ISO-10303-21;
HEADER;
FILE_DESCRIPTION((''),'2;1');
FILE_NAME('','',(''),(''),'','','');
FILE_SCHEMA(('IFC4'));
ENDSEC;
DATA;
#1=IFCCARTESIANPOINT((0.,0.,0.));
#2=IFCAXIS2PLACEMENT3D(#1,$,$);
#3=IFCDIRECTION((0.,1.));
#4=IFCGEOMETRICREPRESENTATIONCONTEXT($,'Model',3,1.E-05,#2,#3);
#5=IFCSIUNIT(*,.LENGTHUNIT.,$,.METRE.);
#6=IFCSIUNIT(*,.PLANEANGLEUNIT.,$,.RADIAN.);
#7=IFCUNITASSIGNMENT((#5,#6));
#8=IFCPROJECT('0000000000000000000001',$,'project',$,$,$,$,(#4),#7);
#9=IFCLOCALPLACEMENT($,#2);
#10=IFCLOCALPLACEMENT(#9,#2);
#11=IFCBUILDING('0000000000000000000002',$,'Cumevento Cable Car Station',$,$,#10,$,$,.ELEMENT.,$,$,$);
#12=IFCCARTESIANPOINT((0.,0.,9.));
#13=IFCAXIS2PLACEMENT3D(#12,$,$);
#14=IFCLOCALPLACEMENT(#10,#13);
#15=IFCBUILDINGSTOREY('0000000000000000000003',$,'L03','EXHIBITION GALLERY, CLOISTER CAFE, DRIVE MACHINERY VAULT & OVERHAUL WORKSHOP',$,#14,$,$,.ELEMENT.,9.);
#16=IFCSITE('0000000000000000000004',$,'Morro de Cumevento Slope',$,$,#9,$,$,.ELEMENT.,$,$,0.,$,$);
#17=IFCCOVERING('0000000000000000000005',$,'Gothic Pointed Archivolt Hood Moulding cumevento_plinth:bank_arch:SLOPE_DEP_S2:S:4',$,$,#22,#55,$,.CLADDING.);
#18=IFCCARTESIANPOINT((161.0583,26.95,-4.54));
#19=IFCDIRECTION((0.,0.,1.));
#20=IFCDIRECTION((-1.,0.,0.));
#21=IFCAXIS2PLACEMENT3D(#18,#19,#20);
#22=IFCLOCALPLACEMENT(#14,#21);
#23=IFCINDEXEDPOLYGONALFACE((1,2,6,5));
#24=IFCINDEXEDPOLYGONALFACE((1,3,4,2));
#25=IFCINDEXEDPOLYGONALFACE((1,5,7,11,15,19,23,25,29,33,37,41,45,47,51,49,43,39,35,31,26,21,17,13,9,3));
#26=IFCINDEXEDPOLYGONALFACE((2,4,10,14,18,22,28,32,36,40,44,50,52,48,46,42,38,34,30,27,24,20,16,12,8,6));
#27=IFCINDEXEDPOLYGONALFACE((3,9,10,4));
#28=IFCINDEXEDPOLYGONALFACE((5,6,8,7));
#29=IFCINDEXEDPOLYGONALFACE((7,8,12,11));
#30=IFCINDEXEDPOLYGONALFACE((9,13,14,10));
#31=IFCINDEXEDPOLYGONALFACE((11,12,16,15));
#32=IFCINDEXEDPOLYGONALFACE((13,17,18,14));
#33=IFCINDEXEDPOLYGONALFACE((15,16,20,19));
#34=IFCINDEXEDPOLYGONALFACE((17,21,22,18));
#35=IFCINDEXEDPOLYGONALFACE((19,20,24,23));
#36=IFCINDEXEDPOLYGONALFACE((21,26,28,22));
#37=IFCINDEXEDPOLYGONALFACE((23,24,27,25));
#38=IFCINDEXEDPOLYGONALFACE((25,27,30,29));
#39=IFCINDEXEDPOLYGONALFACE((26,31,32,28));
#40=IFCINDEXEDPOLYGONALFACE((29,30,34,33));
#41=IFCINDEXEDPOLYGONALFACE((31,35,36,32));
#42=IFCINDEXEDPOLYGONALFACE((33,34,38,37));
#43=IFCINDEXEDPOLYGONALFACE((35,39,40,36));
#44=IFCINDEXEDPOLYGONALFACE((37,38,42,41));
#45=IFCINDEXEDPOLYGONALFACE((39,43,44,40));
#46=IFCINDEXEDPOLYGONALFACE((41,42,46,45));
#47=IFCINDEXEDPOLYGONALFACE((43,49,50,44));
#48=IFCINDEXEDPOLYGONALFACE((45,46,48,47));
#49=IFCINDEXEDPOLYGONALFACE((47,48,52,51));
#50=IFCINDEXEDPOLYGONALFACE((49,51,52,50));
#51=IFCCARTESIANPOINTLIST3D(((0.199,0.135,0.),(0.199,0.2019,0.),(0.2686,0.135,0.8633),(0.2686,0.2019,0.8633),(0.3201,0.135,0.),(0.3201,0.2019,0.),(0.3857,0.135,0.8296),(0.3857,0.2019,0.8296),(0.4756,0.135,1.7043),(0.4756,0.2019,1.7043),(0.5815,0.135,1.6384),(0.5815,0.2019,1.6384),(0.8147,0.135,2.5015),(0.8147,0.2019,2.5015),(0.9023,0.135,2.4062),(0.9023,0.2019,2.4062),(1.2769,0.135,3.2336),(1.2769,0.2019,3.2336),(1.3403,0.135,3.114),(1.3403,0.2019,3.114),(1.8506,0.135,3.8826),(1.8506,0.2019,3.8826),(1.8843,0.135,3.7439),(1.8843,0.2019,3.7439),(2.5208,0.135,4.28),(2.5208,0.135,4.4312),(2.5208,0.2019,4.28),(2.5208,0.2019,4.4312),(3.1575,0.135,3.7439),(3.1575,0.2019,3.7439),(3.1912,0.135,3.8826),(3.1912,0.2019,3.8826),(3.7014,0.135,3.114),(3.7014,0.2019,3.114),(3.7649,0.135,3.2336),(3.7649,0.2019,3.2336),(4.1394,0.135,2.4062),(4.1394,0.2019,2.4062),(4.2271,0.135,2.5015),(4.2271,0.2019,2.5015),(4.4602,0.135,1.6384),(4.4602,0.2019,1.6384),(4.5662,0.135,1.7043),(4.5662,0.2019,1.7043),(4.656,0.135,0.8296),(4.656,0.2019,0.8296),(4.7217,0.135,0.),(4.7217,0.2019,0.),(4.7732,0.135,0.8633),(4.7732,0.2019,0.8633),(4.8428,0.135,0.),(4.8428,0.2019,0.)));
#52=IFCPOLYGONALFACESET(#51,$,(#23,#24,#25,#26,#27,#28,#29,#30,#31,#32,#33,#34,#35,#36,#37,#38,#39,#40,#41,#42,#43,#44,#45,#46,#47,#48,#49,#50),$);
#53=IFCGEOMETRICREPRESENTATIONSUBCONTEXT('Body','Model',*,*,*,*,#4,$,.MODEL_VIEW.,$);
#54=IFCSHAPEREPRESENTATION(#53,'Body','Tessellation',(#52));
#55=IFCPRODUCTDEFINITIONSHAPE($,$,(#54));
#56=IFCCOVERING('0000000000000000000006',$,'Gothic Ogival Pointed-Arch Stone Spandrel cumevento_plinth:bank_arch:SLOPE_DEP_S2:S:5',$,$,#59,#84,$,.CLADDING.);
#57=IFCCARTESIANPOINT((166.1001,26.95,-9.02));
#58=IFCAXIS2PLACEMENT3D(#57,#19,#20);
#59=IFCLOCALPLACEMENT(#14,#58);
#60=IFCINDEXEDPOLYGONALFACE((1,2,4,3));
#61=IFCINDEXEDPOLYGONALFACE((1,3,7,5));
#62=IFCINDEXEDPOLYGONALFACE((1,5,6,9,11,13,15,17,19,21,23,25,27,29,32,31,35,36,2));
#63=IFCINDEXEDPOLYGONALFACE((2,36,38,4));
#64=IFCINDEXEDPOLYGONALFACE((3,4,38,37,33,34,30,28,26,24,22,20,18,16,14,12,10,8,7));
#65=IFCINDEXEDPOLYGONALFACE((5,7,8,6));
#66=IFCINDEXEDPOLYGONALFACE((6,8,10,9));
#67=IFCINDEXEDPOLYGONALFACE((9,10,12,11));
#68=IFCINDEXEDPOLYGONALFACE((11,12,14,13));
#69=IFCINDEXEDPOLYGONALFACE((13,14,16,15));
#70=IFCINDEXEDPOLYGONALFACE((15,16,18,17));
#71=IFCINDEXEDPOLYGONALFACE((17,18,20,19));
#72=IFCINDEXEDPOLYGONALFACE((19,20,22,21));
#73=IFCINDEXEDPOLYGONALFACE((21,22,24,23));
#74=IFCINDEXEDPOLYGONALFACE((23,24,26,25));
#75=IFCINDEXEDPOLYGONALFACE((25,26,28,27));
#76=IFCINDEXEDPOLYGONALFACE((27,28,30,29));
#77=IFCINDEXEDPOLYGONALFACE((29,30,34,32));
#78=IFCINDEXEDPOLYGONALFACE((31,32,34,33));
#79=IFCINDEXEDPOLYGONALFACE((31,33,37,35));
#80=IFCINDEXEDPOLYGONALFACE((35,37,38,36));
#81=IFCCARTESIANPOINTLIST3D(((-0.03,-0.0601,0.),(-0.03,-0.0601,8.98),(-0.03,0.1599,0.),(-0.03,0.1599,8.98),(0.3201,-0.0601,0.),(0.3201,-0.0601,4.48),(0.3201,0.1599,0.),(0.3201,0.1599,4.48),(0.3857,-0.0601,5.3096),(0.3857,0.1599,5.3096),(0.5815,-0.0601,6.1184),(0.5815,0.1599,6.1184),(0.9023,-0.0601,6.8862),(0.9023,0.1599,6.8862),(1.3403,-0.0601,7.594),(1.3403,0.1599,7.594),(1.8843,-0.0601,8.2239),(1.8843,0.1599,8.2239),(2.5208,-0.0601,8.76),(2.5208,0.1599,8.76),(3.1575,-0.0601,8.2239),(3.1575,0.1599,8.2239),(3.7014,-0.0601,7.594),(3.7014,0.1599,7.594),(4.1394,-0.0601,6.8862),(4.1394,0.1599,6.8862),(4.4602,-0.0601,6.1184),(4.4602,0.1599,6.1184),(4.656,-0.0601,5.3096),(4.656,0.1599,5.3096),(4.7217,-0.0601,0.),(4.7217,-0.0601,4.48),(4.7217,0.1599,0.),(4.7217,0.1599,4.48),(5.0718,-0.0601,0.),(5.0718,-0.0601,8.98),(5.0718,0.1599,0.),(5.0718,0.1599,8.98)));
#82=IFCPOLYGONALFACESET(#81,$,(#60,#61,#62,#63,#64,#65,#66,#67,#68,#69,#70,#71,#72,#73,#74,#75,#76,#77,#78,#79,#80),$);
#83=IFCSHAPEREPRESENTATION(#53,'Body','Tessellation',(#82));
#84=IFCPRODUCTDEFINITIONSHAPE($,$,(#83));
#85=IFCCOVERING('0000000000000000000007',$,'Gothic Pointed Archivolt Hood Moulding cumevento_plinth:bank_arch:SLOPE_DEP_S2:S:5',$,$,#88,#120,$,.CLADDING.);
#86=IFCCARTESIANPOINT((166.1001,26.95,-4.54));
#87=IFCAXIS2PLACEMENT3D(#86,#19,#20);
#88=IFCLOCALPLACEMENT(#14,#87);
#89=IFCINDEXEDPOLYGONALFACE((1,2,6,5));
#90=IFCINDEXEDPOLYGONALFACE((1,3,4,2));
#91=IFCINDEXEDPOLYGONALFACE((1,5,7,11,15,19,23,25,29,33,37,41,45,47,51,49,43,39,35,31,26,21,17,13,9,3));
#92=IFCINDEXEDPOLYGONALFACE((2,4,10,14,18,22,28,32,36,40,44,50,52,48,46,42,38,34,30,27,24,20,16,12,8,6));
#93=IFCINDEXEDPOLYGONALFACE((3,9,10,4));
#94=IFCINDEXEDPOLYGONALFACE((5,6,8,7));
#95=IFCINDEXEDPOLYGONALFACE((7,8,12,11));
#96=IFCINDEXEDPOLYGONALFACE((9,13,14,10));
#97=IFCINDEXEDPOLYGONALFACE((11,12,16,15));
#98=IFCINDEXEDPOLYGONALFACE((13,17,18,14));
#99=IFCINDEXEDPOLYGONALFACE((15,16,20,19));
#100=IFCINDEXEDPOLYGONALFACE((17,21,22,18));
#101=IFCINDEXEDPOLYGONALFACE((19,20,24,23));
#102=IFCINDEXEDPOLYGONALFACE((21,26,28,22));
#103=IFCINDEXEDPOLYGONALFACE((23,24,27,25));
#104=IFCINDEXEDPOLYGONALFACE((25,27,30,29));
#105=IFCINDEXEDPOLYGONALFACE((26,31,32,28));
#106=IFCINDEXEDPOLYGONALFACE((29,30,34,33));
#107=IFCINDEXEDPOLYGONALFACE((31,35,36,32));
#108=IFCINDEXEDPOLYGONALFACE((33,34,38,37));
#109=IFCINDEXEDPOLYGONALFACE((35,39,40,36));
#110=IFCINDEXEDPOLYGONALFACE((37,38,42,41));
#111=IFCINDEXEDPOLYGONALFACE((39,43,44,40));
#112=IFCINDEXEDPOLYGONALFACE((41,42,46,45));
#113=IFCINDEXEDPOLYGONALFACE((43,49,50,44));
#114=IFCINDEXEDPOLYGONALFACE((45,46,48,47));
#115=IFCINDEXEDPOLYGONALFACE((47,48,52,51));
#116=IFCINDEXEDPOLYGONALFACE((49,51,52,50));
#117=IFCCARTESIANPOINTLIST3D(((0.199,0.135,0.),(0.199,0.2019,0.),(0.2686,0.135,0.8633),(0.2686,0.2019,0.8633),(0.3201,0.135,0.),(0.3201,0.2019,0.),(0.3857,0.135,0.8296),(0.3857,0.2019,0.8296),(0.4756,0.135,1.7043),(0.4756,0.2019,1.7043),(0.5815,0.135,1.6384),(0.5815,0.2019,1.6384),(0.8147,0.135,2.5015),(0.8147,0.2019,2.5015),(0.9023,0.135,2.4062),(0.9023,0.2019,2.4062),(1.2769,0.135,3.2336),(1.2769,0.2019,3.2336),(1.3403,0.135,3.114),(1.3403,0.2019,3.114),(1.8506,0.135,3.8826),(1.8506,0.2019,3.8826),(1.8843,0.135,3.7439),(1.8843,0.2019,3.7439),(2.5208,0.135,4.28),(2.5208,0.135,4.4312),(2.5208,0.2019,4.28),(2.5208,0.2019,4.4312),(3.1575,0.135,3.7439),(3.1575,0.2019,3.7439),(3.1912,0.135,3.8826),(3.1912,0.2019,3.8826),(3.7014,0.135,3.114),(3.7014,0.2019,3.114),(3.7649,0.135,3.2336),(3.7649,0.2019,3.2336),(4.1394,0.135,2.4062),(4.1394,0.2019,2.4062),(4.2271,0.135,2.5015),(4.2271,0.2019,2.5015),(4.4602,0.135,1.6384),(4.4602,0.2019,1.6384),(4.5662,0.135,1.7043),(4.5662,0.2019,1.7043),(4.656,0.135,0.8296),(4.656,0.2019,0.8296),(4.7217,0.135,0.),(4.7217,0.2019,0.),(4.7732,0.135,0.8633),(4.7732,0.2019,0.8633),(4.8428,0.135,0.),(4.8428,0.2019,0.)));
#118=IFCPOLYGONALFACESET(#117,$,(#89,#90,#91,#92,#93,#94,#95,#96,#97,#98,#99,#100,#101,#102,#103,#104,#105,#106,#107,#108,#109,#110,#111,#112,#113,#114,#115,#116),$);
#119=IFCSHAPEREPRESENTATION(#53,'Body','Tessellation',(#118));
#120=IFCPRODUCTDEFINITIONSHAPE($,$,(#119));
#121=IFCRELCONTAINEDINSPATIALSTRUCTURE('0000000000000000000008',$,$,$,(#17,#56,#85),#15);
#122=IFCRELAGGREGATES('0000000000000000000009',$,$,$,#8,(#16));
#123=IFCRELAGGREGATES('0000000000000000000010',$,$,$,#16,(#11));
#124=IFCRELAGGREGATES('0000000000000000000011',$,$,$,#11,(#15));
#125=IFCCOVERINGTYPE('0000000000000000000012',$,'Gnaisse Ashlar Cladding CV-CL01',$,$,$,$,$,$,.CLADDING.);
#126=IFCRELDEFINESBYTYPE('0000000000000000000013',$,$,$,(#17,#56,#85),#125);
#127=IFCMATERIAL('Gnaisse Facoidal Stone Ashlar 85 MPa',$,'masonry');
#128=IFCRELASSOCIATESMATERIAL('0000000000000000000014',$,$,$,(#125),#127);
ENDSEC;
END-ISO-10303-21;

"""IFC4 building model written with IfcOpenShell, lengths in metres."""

from ifc_helpers import new_model, si_unit, direction, frame, origin, place, context, subcontext, project, spatial, polyline, outline, extrude, material, type_object, element, save


model = new_model("IFC4")

# Units and contexts
model_context = context("Model", 3, precision=1e-05, world=origin(), true_north=direction((0.0, 1.0)))
body_context = subcontext(model_context, "Body", "Model", "MODEL_VIEW")
ifc_project = project(units=[si_unit("LENGTHUNIT", "METRE"), si_unit("PLANEANGLEUNIT", "RADIAN")], contexts=[model_context])

# Site, building, storey
site_placement = place(None, origin())
site = spatial("IfcSite", under=ifc_project, at=site_placement, Name="Morro de Cumevento Slope", CompositionType="ELEMENT", RefElevation=0.0)
building_placement = place(site_placement, origin())
building = spatial("IfcBuilding", under=site, at=building_placement, Name="Cumevento Cable Car Station", CompositionType="ELEMENT")
storey_placement = place(building_placement, frame((0.0, 0.0, 9.0)))
storey = spatial("IfcBuildingStorey", under=building, at=storey_placement, Name="L03", Description="EXHIBITION GALLERY, CLOISTER CAFE, DRIVE MACHINERY VAULT & OVERHAUL WORKSHOP", CompositionType="ELEMENT", Elevation=9.0)

# Coverings
ifc_material_1 = material(Name="Gnaisse Facoidal Stone Ashlar 85 MPa", Category="masonry")
covering_type = type_object("IfcCoveringType", Name="Gnaisse Ashlar Cladding CV-CL01", PredefinedType="CLADDING", material=ifc_material_1)
covering_1_placement = place(storey_placement, frame((161.0583, 26.95, -4.54), z_axis=(0.0, 0.0, 1.0), x_axis=(-1.0, 0.0, 0.0)))
element("IfcCovering", 1, at=covering_1_placement, inside=storey, type_object=covering_type, Name="Gothic Pointed Archivolt Hood Moulding cumevento_plinth:bank_arch:SLOPE_DEP_S2:S:4", PredefinedType="CLADDING", context=body_context, shape_type="SweptSolid", body=[
    extrude(outline(polyline([(0.3201, 0.0), (0.3857, 0.8296), (0.5815, 1.6384), (0.9023, 2.4062), (1.3403, 3.114), (1.8843, 3.7439), (2.5208, 4.28), (3.1575, 3.7439), (3.7014, 3.114), (4.1394, 2.4062), (4.4602, 1.6384), (4.656, 0.8296), (4.7217, 0.0), (4.8428, 0.0), (4.7732, 0.8633), (4.5662, 1.7043), (4.2271, 2.5015), (3.7649, 3.2336), (3.1912, 3.8826), (2.5208, 4.4312), (1.8506, 3.8826), (1.2769, 3.2336), (0.8147, 2.5015), (0.4756, 1.7043), (0.2686, 0.8633), (0.199, 0.0), (0.3201, 0.0)])), frame((0.0, 0.2019, 0.0), z_axis=(0.0, -1.0, 0.0), x_axis=(1.0, 0.0, 0.0)), (0.0, 0.0, 1.0), 0.0669),
])
covering_2_placement = place(storey_placement, frame((166.1001, 26.95, -9.02), z_axis=(0.0, 0.0, 1.0), x_axis=(-1.0, 0.0, 0.0)))
element("IfcCovering", 2, at=covering_2_placement, inside=storey, type_object=covering_type, Name="Gothic Ogival Pointed-Arch Stone Spandrel cumevento_plinth:bank_arch:SLOPE_DEP_S2:S:5", PredefinedType="CLADDING", context=body_context, shape_type="SweptSolid", body=[
    extrude(outline(polyline([(-0.03, 0.0), (-0.03, 8.98), (5.0718, 8.98), (5.0718, 0.0), (4.7217, 0.0), (4.7217, 4.48), (4.656, 5.3096), (4.4602, 6.1184), (4.1394, 6.8862), (3.7014, 7.594), (3.1575, 8.2239), (2.5208, 8.76), (1.8843, 8.2239), (1.3403, 7.594), (0.9023, 6.8862), (0.5815, 6.1184), (0.3857, 5.3096), (0.3201, 4.48), (0.3201, 0.0), (-0.03, 0.0)])), frame((0.0, 0.1599, 0.0), z_axis=(0.0, -1.0, 0.0), x_axis=(1.0, 0.0, 0.0)), (0.0, 0.0, 1.0), 0.22),
])
covering_3_placement = place(storey_placement, frame((166.1001, 26.95, -4.54), z_axis=(0.0, 0.0, 1.0), x_axis=(-1.0, 0.0, 0.0)))
element("IfcCovering", 3, at=covering_3_placement, inside=storey, type_object=covering_type, Name="Gothic Pointed Archivolt Hood Moulding cumevento_plinth:bank_arch:SLOPE_DEP_S2:S:5", PredefinedType="CLADDING", context=body_context, shape_type="SweptSolid", body=[
    extrude(outline(polyline([(0.3201, 0.0), (0.3857, 0.8296), (0.5815, 1.6384), (0.9023, 2.4062), (1.3403, 3.114), (1.8843, 3.7439), (2.5208, 4.28), (3.1575, 3.7439), (3.7014, 3.114), (4.1394, 2.4062), (4.4602, 1.6384), (4.656, 0.8296), (4.7217, 0.0), (4.8428, 0.0), (4.7732, 0.8633), (4.5662, 1.7043), (4.2271, 2.5015), (3.7649, 3.2336), (3.1912, 3.8826), (2.5208, 4.4312), (1.8506, 3.8826), (1.2769, 3.2336), (0.8147, 2.5015), (0.4756, 1.7043), (0.2686, 0.8633), (0.199, 0.0), (0.3201, 0.0)])), frame((0.0, 0.2019, 0.0), z_axis=(0.0, -1.0, 0.0), x_axis=(1.0, 0.0, 0.0)), (0.0, 0.0, 1.0), 0.0669),
])

save(model, "model.ifc")
